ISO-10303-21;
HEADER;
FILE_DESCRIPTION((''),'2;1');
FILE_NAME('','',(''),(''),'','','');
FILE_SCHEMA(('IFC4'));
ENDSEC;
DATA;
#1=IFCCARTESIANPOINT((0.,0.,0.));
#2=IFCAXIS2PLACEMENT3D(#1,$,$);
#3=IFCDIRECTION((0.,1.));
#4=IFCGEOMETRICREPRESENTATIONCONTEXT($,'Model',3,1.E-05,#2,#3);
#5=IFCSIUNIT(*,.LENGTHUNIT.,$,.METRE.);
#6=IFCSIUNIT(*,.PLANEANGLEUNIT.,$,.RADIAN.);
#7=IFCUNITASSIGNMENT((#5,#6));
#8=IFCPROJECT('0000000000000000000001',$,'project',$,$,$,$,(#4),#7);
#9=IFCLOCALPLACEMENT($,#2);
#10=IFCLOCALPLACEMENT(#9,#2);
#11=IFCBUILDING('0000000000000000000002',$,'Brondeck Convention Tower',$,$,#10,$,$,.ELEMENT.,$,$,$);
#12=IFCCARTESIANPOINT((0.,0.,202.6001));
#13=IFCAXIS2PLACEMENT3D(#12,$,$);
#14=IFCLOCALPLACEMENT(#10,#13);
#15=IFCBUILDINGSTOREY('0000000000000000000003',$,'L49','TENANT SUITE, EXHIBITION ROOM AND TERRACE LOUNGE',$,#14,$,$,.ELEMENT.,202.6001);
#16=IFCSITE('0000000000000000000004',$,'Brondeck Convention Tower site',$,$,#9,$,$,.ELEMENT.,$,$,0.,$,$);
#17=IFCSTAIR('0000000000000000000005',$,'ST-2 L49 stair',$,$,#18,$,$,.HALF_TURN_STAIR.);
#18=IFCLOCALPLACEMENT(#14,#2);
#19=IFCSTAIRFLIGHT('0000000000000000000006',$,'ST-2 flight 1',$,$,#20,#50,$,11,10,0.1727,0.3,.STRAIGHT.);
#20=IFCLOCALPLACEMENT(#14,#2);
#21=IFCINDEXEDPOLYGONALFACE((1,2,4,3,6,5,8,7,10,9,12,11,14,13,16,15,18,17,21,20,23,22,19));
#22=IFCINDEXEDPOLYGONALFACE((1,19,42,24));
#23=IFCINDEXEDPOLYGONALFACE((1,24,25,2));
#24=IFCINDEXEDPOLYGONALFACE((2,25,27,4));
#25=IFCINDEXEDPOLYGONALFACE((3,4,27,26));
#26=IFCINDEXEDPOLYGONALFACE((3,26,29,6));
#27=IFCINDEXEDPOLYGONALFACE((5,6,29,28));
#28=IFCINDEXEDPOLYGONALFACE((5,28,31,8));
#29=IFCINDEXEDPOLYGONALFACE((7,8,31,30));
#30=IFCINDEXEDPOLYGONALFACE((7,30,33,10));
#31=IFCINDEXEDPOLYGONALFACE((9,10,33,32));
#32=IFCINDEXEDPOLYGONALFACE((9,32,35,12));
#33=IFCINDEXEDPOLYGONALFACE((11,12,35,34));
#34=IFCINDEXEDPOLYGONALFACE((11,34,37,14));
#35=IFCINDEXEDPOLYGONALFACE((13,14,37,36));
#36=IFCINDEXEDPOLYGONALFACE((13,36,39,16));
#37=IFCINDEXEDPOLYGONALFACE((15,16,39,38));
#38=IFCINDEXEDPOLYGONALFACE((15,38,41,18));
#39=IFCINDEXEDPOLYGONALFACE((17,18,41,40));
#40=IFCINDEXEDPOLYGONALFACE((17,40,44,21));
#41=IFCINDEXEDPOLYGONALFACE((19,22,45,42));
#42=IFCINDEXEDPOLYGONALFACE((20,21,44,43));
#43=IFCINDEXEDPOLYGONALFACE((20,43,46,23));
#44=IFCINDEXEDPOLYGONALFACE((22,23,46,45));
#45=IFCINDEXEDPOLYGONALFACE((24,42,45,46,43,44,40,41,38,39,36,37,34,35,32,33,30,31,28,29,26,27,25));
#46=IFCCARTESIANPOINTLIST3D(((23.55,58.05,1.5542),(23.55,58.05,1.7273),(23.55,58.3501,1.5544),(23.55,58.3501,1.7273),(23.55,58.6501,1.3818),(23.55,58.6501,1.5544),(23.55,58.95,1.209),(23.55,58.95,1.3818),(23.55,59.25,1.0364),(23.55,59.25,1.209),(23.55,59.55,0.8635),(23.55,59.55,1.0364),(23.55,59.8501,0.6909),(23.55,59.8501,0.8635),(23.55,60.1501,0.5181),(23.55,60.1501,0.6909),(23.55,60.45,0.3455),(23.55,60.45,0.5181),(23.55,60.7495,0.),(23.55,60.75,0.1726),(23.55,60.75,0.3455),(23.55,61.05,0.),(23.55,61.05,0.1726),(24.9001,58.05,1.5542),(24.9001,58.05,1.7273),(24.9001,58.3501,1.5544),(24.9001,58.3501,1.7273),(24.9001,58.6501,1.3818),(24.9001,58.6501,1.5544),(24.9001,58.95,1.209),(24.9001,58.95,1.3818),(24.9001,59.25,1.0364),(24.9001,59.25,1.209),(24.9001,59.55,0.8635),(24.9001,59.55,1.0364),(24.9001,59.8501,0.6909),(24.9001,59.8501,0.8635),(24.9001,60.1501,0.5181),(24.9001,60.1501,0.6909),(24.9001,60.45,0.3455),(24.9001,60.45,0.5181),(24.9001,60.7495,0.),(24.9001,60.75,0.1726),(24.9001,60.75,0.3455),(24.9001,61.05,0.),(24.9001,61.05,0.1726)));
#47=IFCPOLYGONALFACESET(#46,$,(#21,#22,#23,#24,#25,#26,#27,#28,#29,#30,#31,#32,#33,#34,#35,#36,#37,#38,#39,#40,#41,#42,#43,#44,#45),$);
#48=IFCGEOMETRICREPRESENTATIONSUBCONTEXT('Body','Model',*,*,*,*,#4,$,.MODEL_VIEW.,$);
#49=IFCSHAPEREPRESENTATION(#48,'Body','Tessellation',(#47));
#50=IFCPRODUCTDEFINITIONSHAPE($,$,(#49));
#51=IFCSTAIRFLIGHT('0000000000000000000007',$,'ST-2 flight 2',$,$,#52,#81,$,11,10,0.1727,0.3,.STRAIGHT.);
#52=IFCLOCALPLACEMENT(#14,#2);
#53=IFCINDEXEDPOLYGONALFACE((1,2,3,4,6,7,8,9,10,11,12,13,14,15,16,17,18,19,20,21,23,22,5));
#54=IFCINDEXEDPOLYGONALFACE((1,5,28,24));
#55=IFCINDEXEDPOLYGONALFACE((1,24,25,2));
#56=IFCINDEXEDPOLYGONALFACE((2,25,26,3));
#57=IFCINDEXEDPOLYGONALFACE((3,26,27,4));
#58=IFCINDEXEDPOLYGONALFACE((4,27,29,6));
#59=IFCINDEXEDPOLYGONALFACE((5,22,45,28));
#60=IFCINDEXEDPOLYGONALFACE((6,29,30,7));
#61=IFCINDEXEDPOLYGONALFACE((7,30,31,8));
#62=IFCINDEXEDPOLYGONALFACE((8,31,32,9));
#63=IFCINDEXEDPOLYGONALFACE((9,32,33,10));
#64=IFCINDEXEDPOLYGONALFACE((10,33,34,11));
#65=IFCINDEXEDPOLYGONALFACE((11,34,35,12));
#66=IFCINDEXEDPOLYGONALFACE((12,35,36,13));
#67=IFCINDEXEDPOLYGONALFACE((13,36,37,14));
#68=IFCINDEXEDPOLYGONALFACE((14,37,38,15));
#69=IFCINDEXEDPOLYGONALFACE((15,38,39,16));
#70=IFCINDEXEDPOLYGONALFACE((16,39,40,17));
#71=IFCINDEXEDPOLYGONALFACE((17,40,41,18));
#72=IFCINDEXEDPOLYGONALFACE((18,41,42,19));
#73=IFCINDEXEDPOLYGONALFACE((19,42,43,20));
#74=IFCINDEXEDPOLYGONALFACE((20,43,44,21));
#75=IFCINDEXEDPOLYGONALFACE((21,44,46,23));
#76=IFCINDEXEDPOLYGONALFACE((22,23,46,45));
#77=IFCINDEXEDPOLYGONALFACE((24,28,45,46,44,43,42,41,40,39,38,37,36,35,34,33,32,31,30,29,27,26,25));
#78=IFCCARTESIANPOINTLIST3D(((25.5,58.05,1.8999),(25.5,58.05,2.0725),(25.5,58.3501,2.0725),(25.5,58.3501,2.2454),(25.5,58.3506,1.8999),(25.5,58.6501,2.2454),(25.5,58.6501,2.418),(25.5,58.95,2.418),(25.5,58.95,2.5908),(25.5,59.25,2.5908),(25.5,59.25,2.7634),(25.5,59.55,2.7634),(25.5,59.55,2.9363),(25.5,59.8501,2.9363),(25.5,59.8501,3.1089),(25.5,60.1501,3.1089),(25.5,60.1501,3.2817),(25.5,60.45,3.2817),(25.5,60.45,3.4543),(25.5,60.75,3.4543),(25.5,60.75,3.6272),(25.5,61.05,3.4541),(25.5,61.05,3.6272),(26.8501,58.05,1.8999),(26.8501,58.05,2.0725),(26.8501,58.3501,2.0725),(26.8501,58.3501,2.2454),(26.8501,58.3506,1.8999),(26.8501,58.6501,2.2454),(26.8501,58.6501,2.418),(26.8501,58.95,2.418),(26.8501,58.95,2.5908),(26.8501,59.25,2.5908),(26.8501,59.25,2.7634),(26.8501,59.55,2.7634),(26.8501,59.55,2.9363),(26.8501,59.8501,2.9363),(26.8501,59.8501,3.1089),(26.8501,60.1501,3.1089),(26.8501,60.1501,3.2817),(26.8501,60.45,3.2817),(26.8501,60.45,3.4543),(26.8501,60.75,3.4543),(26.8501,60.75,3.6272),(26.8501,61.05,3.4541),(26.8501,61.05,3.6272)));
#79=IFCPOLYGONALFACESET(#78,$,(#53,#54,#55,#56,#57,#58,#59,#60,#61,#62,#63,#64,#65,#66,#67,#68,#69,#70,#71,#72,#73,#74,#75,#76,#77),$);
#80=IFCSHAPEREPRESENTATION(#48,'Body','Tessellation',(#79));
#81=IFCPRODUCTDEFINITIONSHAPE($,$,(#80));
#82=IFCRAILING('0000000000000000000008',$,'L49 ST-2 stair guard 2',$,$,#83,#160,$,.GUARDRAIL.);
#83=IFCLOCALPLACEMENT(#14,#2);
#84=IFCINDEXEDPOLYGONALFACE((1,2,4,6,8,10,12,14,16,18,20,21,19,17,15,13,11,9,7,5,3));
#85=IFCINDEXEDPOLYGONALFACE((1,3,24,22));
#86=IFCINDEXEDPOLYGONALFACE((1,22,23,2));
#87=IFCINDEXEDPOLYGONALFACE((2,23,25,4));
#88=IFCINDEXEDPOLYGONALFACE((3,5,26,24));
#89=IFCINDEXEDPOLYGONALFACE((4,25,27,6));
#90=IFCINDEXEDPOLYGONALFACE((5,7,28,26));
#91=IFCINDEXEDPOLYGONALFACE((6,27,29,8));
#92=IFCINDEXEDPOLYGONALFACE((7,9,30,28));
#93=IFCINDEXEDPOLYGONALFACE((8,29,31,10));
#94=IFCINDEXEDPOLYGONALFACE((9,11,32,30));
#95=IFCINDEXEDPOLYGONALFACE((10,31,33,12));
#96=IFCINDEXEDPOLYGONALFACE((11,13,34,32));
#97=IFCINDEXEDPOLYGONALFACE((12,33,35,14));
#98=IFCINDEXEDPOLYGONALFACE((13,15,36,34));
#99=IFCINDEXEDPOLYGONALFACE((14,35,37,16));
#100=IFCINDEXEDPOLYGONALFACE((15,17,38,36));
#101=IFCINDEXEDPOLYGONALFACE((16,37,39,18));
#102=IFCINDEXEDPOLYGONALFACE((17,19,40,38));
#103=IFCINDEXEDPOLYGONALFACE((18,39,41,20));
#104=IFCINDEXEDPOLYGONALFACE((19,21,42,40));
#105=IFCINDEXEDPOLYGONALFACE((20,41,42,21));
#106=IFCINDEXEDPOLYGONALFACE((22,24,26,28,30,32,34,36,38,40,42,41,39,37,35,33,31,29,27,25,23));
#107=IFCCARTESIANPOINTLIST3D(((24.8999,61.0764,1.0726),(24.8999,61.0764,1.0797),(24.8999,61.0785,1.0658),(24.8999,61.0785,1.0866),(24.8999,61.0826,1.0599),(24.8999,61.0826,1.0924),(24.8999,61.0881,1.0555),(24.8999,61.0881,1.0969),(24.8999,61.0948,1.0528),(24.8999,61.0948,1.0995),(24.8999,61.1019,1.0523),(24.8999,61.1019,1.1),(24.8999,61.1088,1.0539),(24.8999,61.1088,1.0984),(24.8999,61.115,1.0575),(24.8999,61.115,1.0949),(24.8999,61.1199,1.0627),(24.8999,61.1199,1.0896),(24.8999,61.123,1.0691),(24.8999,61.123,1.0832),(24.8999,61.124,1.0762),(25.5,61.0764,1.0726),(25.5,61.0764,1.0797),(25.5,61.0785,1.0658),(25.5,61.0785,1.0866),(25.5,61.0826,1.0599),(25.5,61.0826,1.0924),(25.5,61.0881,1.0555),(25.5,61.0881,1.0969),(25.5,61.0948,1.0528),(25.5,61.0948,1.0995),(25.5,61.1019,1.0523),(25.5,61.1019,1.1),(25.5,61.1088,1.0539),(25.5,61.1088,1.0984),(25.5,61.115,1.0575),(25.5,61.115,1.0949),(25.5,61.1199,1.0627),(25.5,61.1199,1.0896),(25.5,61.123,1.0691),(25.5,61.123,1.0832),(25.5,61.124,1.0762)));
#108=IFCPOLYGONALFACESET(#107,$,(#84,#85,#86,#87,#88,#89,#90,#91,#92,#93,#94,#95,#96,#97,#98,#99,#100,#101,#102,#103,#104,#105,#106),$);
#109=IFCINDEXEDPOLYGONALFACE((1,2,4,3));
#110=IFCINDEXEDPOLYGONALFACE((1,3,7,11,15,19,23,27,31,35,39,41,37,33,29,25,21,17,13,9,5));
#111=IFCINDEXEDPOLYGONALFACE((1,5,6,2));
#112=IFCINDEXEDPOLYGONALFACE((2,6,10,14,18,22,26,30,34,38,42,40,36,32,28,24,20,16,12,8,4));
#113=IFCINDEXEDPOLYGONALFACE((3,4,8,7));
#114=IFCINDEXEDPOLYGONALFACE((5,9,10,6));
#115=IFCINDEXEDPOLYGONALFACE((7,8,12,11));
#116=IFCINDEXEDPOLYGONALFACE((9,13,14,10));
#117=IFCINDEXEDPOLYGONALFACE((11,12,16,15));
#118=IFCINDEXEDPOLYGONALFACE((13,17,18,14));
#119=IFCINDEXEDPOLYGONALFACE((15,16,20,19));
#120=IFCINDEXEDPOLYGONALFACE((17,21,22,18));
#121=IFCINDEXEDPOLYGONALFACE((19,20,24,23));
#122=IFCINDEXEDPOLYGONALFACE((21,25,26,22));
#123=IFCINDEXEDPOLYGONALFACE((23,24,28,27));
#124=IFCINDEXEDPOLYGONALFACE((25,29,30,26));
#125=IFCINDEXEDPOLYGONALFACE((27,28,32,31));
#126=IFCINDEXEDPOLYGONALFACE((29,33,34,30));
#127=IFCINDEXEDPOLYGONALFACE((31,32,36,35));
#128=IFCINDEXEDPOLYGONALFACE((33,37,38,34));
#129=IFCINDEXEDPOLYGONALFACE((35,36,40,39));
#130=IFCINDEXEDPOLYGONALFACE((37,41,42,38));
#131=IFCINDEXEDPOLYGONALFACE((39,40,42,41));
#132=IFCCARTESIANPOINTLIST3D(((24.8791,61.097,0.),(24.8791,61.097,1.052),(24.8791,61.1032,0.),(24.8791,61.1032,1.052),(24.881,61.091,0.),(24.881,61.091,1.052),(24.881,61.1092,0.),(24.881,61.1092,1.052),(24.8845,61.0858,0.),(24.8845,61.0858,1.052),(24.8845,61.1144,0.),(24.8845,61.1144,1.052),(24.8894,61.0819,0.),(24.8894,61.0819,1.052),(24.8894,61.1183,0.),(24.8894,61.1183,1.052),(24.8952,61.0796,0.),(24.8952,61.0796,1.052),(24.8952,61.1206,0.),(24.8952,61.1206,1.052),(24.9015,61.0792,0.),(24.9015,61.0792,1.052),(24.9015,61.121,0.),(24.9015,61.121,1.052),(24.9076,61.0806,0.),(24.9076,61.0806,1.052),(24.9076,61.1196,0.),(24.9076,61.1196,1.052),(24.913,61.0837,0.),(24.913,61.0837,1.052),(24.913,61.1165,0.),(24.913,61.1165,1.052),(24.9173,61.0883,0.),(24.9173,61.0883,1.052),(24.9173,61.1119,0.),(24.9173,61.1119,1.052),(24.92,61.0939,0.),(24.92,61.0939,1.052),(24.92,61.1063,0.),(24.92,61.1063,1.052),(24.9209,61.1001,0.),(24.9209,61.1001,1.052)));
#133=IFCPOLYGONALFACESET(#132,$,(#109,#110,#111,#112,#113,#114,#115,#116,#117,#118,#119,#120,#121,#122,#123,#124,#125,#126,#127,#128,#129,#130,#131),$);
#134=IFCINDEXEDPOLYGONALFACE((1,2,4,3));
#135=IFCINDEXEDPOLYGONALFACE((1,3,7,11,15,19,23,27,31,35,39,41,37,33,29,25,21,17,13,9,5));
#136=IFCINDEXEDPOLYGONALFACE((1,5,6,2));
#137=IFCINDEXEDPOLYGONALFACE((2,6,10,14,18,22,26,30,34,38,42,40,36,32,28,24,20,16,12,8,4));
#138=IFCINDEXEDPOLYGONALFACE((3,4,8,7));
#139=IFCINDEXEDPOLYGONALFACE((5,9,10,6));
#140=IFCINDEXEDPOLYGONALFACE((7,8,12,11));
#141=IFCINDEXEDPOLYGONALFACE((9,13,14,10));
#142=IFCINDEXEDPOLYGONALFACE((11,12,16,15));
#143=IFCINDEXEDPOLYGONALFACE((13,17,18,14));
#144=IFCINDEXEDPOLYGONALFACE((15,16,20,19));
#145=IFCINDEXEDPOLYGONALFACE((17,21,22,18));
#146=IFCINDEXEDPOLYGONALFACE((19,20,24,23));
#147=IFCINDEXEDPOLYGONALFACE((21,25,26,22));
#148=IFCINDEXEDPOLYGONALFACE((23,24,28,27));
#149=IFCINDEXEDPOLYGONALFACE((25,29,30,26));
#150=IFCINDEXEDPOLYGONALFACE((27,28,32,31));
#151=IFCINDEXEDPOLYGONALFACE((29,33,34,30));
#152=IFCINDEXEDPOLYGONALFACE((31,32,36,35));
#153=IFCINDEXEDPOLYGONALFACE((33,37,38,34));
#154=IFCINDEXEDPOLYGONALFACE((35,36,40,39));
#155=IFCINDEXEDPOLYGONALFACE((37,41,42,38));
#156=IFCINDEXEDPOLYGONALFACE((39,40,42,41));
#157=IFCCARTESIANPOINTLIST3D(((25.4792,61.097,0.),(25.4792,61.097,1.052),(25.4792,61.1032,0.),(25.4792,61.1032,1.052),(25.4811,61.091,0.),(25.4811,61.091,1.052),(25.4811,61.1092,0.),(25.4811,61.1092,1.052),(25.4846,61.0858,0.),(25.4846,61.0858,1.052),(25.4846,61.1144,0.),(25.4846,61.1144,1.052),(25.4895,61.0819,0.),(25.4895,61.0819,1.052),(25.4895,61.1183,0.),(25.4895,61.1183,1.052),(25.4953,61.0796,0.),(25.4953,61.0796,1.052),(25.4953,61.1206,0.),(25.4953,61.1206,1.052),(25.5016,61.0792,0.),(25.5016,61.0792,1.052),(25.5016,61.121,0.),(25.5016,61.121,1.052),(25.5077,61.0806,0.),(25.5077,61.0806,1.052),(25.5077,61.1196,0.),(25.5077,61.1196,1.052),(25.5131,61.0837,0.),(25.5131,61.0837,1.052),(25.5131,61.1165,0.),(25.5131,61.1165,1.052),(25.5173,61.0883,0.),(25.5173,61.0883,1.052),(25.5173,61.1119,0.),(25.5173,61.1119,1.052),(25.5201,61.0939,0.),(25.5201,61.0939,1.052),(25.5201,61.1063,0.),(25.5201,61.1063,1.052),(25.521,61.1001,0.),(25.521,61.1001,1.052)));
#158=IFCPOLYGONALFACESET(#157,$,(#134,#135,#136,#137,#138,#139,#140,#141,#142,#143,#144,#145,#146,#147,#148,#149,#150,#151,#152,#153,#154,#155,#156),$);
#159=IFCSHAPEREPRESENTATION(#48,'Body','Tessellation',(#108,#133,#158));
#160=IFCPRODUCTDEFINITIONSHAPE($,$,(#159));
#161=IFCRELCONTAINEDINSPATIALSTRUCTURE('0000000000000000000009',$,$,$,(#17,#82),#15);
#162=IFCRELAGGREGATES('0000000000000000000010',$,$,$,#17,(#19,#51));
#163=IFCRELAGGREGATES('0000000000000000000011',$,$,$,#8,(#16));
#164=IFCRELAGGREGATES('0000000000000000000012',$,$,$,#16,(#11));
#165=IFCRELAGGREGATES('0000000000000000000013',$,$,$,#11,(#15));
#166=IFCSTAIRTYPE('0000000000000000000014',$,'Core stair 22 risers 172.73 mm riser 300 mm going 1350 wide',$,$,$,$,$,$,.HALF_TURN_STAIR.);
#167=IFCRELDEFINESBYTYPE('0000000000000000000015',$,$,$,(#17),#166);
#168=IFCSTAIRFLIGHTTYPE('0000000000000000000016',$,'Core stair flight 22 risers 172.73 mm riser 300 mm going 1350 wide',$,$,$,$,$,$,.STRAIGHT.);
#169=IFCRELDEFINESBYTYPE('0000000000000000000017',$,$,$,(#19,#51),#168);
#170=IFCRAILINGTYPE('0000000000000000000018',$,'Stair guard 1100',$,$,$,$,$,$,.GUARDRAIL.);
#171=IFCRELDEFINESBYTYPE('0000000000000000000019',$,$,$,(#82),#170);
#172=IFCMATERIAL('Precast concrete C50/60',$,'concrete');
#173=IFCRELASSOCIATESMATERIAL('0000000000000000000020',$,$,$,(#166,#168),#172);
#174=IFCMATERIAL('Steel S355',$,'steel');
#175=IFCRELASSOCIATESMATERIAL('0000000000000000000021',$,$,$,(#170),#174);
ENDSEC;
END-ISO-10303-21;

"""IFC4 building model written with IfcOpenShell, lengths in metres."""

from ifc_helpers import new_model, si_unit, direction, frame, origin, origin_2d, place, context, subcontext, project, spatial, polyline, circle, outline, extrude, material, type_object, element, aggregate, save


model = new_model("IFC4")

# Units and contexts
model_context = context("Model", 3, precision=1e-05, world=origin(), true_north=direction((0.0, 1.0)))
body_context = subcontext(model_context, "Body", "Model", "MODEL_VIEW")
ifc_project = project(units=[si_unit("LENGTHUNIT", "METRE"), si_unit("PLANEANGLEUNIT", "RADIAN")], contexts=[model_context])

# Site, building, storey
site_placement = place(None, origin())
site = spatial("IfcSite", under=ifc_project, at=site_placement, Name="Brondeck Convention Tower site", CompositionType="ELEMENT", RefElevation=0.0)
building_placement = place(site_placement, origin())
building = spatial("IfcBuilding", under=site, at=building_placement, Name="Brondeck Convention Tower", CompositionType="ELEMENT")
storey_placement = place(building_placement, frame((0.0, 0.0, 202.6001)))
storey = spatial("IfcBuildingStorey", under=building, at=storey_placement, Name="L49", Description="TENANT SUITE, EXHIBITION ROOM AND TERRACE LOUNGE", CompositionType="ELEMENT", Elevation=202.6001)

# Stair, stair flights
ifc_material_1 = material(Name="Precast concrete C50/60", Category="concrete")
stair_type = type_object("IfcStairType", Name="Core stair 22 risers 172.73 mm riser 300 mm going 1350 wide", PredefinedType="HALF_TURN_STAIR", material=ifc_material_1)
stair_placement = place(storey_placement, origin())
stair = element("IfcStair", 1, at=stair_placement, inside=storey, type_object=stair_type, Name="ST-2 L49 stair", PredefinedType="HALF_TURN_STAIR")
stair_flight_type = type_object("IfcStairFlightType", Name="Core stair flight 22 risers 172.73 mm riser 300 mm going 1350 wide", PredefinedType="STRAIGHT", material=ifc_material_1)
stair_flight_1_placement = place(storey_placement, frame((24.2251, 61.05, 0.0), z_axis=(0.0, 0.0, 1.0), x_axis=(0.0, -1.0, 0.0)))
stair_flight_1 = element("IfcStairFlight", 2, at=stair_flight_1_placement, type_object=stair_flight_type, Name="ST-2 flight 1", NumberOfRisers=11, NumberOfTreads=10, PredefinedType="STRAIGHT", RiserHeight=0.1727, TreadLength=0.3, context=body_context, shape_type="SweptSolid", body=[
    extrude(outline(polyline([(0.0, 0.0), (0.0, 0.1726), (0.3, 0.1726), (0.3, 0.3455), (0.6001, 0.3455), (0.6001, 0.5181), (0.8999, 0.5181), (0.8999, 0.6909), (1.2, 0.6909), (1.2, 0.8635), (1.5, 0.8635), (1.5, 1.0364), (1.8, 1.0364), (1.8, 1.209), (2.1001, 1.209), (2.1001, 1.3818), (2.3999, 1.3818), (2.3999, 1.5544), (2.7, 1.5544), (2.7, 1.7273), (3.0, 1.7273), (3.0, 1.8999), (3.0, 1.5542), (0.3005, 0.0), (0.0, 0.0)])), frame((0.0, 0.675, 0.0), z_axis=(0.0, -1.0, 0.0), x_axis=(1.0, 0.0, 0.0)), (0.0, 0.0, 1.0), 1.3501),
])
stair_flight_2_placement = place(storey_placement, frame((26.175, 58.05, 1.8999), z_axis=(0.0, 0.0, 1.0), x_axis=(0.0, 1.0, 0.0)))
stair_flight_2 = element("IfcStairFlight", 3, at=stair_flight_2_placement, type_object=stair_flight_type, Name="ST-2 flight 2", NumberOfRisers=11, NumberOfTreads=10, PredefinedType="STRAIGHT", RiserHeight=0.1727, TreadLength=0.3, context=body_context, shape_type="SweptSolid", body=[
    extrude(outline(polyline([(0.0, 0.0), (0.0, 0.1726), (0.3, 0.1726), (0.3, 0.3455), (0.6001, 0.3455), (0.6001, 0.5181), (0.8999, 0.5181), (0.8999, 0.6909), (1.2, 0.6909), (1.2, 0.8635), (1.5, 0.8635), (1.5, 1.0364), (1.8, 1.0364), (1.8, 1.209), (2.1001, 1.209), (2.1001, 1.3818), (2.3999, 1.3818), (2.3999, 1.5544), (2.7, 1.5544), (2.7, 1.7273), (3.0, 1.7273), (3.0, 1.8999), (3.0, 1.5542), (0.3005, 0.0), (0.0, 0.0)])), frame((0.0, 0.675, 0.0), z_axis=(0.0, -1.0, 0.0), x_axis=(1.0, 0.0, 0.0)), (0.0, 0.0, 1.0), 1.3501),
])
aggregate(stair, [stair_flight_1, stair_flight_2])

# Railing
ifc_material_2 = material(Name="Steel S355", Category="steel")
railing_type_1 = type_object("IfcRailingType", Name="Stair guard 1100", PredefinedType="GUARDRAIL", material=ifc_material_2)
railing_1_placement = place(storey_placement, frame((24.8999, 61.1001, 0.0)))
element("IfcRailing", 4, at=railing_1_placement, inside=storey, type_object=railing_type_1, Name="L49 ST-2 stair guard 2", PredefinedType="GUARDRAIL", context=body_context, shape_type="SweptSolid", body=[
    extrude(circle(Radius=0.0239, at=origin_2d()), frame((0.0, 0.0, 1.0762), z_axis=(1.0, 0.0, 0.0), x_axis=(0.0, 1.0, 0.0)), (0.0, 0.0, 1.0), 0.6001),
    extrude(circle(Radius=0.021, at=origin_2d()), origin(), (0.0, 0.0, 1.0), 1.052),
    extrude(circle(Radius=0.021, at=origin_2d()), frame((0.6001, 0.0, 0.0)), (0.0, 0.0, 1.0), 1.052),
])

save(model, "model.ifc")
